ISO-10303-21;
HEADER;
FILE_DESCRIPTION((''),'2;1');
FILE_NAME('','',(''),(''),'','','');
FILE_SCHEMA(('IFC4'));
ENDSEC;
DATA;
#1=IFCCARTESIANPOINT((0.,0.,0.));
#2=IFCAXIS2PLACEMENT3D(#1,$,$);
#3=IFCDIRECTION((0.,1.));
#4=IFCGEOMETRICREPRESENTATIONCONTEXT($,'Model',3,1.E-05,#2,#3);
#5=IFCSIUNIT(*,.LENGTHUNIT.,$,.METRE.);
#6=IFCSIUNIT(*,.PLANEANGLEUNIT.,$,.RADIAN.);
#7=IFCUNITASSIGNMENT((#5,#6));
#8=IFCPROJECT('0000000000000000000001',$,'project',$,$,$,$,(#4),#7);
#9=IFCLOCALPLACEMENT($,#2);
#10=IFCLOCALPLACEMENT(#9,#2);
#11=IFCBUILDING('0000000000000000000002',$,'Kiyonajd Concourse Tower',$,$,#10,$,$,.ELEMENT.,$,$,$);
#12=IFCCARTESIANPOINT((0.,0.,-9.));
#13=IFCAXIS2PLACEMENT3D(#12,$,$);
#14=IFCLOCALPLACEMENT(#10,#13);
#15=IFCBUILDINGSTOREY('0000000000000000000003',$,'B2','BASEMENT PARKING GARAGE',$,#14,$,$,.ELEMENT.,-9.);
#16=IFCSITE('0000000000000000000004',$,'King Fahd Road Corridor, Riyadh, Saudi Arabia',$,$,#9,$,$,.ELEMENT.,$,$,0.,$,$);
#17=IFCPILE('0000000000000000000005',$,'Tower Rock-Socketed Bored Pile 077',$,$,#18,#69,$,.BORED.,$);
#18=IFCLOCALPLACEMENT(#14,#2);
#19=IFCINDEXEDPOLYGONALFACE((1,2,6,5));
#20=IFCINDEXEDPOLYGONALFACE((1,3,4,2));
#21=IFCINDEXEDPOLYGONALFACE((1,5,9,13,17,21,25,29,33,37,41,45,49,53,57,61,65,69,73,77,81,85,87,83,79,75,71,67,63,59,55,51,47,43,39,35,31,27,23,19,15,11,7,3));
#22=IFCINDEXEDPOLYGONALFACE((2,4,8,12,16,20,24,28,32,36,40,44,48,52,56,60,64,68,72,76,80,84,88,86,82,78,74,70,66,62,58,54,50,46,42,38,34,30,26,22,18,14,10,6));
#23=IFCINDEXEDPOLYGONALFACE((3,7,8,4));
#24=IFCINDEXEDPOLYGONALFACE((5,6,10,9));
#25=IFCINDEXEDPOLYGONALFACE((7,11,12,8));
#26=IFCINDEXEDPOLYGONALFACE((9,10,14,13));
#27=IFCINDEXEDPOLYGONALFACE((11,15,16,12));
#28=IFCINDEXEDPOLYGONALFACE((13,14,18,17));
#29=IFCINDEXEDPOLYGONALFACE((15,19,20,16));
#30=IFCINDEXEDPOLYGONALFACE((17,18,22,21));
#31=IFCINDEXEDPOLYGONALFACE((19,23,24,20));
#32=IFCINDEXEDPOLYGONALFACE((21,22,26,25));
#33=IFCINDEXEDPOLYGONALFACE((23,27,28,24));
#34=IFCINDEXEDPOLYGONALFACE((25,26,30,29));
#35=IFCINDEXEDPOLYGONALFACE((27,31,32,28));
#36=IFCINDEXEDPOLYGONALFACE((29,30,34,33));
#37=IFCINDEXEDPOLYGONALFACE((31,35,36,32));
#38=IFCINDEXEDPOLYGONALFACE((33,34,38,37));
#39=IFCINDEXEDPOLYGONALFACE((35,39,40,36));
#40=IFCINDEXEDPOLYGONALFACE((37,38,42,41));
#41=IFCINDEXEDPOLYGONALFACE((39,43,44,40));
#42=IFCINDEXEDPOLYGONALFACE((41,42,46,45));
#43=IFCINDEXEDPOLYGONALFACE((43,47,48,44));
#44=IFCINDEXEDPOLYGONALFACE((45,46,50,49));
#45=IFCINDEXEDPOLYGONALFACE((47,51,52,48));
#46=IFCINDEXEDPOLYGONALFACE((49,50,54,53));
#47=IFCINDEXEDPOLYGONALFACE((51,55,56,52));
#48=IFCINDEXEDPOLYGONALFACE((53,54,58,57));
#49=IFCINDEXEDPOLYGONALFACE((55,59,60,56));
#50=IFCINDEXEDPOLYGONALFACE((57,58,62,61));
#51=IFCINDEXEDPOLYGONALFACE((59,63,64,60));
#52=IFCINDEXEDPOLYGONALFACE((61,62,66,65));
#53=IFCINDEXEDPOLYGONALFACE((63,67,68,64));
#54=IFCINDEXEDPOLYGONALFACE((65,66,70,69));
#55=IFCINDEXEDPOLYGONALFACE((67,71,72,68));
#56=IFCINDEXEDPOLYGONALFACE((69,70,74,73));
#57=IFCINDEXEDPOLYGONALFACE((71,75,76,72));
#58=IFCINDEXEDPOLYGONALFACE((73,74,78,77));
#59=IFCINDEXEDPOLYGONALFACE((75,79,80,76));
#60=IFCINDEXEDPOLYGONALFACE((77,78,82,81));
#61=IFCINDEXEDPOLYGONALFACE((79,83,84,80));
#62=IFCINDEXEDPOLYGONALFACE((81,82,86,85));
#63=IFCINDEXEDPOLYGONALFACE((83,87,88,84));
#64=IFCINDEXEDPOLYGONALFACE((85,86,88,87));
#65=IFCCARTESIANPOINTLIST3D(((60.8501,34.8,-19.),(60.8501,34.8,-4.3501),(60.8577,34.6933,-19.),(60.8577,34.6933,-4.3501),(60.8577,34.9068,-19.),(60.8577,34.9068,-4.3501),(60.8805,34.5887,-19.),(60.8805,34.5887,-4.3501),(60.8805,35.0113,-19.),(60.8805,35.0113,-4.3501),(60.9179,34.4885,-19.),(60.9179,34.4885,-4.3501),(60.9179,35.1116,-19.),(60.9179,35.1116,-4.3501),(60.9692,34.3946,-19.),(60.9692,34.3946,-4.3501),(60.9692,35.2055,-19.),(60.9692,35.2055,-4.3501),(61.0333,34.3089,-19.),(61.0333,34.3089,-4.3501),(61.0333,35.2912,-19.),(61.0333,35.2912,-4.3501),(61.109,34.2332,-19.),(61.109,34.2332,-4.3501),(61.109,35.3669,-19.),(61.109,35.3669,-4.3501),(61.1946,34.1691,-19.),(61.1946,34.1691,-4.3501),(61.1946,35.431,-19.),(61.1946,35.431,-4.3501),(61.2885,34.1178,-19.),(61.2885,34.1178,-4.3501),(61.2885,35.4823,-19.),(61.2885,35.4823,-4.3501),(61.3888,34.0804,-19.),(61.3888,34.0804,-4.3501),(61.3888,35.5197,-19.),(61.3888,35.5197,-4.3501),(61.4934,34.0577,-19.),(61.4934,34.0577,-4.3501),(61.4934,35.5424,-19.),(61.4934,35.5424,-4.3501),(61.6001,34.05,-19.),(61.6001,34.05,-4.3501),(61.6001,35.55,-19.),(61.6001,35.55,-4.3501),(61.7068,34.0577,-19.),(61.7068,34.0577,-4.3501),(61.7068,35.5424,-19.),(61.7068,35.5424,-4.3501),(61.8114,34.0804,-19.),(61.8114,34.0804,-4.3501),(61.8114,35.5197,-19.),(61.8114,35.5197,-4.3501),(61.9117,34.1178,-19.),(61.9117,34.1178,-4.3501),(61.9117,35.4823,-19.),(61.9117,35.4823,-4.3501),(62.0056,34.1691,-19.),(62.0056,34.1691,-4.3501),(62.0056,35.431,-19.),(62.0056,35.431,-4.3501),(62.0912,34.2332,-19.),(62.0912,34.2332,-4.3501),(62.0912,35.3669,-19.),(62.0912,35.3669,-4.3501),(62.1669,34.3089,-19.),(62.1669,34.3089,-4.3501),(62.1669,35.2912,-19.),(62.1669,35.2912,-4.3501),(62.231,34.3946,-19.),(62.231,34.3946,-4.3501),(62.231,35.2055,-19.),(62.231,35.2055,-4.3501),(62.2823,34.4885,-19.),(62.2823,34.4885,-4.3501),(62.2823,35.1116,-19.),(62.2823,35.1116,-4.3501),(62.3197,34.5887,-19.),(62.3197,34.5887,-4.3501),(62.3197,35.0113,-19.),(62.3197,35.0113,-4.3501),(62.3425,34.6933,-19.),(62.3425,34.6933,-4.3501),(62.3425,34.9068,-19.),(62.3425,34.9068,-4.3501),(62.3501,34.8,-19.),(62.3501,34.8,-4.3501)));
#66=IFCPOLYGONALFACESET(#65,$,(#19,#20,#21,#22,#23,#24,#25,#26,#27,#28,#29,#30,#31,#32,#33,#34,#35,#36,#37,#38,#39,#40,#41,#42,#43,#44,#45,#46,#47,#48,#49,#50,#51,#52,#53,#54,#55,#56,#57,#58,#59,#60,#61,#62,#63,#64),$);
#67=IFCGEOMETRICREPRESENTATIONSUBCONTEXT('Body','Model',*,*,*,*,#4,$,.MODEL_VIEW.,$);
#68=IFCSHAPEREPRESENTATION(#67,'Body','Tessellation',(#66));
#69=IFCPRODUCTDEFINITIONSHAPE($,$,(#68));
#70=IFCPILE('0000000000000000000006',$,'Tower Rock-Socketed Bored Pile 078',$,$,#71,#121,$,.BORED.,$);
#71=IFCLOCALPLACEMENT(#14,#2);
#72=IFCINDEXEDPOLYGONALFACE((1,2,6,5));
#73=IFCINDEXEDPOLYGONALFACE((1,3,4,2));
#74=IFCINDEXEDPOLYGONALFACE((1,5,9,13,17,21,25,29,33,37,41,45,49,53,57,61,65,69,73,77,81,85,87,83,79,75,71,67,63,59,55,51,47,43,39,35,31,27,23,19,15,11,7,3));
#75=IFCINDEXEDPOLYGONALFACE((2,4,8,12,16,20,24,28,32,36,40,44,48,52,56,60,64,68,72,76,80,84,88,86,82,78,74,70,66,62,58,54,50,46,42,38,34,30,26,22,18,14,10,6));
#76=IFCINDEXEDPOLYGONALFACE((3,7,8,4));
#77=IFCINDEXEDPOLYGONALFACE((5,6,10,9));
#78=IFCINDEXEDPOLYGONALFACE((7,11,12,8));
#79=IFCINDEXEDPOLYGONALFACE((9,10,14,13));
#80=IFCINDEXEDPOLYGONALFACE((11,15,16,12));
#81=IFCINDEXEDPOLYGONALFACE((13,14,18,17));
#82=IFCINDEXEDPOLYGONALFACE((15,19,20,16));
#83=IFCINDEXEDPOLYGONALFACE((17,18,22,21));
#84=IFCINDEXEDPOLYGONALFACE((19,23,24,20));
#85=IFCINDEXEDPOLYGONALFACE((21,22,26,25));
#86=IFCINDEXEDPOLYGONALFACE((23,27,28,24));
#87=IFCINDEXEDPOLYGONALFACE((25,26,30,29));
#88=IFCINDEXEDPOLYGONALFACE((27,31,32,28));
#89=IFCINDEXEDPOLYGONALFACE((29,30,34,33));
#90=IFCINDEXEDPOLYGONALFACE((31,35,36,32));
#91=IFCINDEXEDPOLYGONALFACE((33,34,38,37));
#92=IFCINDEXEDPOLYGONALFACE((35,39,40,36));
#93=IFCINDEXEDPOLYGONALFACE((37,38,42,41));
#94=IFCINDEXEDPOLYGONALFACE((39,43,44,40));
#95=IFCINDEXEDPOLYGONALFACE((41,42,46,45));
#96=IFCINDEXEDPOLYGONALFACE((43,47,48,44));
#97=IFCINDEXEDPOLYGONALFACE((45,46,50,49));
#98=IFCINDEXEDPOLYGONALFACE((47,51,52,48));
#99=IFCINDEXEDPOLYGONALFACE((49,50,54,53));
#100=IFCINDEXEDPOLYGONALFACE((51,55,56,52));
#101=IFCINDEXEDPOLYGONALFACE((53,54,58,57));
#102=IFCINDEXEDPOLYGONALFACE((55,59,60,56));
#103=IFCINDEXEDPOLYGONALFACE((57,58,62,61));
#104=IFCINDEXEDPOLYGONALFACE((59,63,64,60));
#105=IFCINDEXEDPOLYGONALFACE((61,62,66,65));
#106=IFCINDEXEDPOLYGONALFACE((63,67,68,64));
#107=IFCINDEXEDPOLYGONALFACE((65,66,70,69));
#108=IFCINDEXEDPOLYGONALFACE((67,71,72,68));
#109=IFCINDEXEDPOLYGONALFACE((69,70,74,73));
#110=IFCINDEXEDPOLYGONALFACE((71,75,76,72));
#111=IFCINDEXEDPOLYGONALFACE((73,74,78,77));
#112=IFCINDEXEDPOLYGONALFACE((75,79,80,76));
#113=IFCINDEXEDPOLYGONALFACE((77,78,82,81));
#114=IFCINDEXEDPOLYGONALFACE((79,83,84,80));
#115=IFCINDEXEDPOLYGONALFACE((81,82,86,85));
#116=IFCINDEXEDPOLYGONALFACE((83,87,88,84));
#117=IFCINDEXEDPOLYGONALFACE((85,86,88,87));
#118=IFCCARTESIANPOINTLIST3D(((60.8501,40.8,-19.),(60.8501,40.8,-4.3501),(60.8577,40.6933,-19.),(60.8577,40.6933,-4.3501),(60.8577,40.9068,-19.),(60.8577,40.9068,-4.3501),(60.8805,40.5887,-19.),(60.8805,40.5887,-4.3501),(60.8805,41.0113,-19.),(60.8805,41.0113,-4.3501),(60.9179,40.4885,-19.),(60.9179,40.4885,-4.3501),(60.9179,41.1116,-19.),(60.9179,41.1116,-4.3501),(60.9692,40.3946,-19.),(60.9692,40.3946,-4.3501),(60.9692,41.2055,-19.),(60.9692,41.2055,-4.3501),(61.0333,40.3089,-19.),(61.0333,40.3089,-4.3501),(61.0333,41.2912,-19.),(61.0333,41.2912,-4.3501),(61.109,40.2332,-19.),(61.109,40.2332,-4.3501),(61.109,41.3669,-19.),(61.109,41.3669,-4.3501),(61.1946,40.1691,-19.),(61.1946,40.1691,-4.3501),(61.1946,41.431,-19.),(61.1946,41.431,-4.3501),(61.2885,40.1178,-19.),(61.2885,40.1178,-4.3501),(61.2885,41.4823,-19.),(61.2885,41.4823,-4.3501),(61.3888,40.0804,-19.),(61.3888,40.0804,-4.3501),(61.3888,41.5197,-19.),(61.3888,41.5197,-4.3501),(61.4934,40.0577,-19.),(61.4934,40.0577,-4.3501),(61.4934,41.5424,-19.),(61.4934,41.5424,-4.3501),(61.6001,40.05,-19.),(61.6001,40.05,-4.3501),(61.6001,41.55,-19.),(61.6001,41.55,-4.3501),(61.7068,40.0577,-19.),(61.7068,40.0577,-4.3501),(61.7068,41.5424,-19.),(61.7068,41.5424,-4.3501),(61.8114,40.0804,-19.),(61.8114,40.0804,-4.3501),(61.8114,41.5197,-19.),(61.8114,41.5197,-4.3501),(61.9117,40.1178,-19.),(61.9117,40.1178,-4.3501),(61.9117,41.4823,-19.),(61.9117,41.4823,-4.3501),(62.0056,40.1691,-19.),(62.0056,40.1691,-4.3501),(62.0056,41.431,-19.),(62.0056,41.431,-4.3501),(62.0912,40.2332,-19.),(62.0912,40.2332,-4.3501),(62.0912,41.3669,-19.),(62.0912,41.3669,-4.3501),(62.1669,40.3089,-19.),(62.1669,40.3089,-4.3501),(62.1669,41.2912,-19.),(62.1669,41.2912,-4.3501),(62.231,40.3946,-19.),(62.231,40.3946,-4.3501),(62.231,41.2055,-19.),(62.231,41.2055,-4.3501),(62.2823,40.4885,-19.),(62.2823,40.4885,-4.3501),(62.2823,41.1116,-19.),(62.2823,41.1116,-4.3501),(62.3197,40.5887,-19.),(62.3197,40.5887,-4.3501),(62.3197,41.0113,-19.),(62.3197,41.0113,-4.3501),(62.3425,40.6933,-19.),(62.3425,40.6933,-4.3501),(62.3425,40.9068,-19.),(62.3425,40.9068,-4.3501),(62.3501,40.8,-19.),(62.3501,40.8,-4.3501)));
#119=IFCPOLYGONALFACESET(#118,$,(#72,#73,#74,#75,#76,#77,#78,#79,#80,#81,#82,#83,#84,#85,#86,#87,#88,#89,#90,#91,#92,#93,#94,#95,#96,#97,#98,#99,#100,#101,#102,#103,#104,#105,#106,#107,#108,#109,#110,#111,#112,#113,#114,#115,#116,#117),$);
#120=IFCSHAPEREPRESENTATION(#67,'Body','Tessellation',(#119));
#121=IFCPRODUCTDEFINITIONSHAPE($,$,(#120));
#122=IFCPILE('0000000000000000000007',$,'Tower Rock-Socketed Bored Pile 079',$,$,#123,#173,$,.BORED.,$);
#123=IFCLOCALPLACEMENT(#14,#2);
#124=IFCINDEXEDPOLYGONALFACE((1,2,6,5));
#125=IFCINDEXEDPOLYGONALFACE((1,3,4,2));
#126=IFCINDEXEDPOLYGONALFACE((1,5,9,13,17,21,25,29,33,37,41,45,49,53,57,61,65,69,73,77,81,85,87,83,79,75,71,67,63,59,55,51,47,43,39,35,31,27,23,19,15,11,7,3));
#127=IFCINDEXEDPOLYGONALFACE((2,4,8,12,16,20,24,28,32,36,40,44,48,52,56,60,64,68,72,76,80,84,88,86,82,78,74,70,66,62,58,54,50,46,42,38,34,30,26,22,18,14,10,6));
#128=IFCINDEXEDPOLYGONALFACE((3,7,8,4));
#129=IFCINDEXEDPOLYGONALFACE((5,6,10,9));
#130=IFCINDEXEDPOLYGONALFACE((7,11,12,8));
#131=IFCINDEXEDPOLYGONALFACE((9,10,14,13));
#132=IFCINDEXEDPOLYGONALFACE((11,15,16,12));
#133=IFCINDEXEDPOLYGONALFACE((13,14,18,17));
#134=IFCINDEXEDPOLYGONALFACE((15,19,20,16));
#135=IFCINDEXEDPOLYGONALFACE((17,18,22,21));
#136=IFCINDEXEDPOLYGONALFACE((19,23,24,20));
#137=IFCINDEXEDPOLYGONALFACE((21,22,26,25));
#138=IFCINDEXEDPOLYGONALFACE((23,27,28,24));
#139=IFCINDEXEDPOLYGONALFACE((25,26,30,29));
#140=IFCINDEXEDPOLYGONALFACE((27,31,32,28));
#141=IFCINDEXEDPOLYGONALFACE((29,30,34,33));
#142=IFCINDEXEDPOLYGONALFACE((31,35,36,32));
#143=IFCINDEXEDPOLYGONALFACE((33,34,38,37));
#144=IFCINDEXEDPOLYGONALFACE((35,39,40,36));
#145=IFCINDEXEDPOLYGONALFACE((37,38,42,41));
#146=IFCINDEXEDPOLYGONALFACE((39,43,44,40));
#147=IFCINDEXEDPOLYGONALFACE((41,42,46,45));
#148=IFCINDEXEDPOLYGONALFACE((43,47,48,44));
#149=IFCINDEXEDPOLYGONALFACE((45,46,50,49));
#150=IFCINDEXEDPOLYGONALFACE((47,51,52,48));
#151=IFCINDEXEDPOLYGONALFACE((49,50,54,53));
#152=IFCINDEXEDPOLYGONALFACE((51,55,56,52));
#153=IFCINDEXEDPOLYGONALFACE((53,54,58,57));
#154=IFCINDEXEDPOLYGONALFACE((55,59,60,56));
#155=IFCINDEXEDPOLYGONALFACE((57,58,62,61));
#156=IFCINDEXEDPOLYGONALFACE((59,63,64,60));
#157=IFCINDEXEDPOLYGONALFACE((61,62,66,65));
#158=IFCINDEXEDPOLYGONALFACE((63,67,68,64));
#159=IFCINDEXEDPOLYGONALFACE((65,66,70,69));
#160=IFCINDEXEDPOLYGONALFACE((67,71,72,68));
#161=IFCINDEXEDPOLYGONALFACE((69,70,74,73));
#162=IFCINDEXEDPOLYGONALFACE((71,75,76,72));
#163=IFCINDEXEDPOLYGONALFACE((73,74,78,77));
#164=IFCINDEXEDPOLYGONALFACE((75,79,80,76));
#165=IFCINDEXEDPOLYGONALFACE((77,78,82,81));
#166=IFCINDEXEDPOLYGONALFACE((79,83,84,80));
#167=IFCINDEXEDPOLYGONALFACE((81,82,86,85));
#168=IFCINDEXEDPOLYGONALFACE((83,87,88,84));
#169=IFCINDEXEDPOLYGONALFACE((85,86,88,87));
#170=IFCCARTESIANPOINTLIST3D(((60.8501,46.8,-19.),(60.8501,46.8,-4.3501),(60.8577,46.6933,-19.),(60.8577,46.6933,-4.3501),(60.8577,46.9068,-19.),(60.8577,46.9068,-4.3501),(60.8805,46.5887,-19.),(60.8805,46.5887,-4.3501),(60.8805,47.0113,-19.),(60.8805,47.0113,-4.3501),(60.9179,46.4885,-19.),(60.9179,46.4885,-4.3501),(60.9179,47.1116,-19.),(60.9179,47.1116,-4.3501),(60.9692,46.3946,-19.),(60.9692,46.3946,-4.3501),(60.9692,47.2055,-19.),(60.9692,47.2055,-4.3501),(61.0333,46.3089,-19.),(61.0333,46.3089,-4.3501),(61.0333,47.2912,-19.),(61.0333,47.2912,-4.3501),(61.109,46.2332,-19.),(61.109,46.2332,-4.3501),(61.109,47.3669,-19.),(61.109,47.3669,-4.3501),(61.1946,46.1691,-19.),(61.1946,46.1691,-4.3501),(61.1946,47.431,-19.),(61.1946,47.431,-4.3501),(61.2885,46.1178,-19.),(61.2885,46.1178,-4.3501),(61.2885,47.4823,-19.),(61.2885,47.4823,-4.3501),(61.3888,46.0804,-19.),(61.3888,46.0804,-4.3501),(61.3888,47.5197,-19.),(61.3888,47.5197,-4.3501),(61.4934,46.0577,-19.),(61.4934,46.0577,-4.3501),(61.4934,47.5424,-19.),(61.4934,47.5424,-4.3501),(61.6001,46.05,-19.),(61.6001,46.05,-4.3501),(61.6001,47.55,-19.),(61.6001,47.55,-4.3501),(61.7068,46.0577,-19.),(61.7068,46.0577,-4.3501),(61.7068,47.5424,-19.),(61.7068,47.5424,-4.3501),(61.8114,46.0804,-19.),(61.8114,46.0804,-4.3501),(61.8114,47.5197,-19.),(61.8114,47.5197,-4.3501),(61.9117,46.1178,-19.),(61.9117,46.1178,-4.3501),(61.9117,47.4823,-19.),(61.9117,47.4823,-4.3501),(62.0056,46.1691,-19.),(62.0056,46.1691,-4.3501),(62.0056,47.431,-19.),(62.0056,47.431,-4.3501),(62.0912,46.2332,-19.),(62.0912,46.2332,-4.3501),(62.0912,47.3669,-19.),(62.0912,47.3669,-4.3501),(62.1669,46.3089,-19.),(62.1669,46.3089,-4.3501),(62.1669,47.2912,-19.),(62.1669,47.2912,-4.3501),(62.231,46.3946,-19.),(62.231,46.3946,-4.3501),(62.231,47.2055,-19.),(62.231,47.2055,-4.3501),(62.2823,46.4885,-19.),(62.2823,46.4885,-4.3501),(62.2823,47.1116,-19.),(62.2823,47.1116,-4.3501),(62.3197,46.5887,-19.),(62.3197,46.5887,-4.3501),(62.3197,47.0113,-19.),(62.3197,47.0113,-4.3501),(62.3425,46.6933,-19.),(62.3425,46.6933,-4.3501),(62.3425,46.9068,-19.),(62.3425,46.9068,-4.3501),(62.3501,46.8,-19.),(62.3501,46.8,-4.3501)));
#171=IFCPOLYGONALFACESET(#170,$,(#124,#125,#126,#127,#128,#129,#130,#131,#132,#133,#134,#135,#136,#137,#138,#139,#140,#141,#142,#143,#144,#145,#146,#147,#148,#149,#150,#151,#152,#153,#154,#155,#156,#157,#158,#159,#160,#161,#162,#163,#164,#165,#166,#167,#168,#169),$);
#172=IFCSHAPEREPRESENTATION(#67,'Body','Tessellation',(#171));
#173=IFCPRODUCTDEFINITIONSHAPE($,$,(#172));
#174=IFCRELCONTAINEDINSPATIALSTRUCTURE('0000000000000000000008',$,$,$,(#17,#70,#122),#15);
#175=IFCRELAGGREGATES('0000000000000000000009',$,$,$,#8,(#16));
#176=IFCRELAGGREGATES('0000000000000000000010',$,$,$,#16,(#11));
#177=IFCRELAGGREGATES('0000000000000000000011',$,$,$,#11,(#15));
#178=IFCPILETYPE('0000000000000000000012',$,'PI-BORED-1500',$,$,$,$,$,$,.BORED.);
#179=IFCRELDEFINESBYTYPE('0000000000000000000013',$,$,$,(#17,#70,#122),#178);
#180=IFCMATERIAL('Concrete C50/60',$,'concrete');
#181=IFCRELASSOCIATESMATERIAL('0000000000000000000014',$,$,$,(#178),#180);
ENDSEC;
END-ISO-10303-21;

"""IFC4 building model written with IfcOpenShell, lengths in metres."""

from ifc_helpers import new_model, si_unit, direction, frame, origin, origin_2d, place, context, subcontext, project, spatial, circle, extrude, material, material_profile, profile_set, type_object, element, save


model = new_model("IFC4")

# Units and contexts
model_context = context("Model", 3, precision=1e-05, world=origin(), true_north=direction((0.0, 1.0)))
body_context = subcontext(model_context, "Body", "Model", "MODEL_VIEW")
ifc_project = project(units=[si_unit("LENGTHUNIT", "METRE"), si_unit("PLANEANGLEUNIT", "RADIAN")], contexts=[model_context])

# Site, building, storey
site_placement = place(None, origin())
site = spatial("IfcSite", under=ifc_project, at=site_placement, Name="King Fahd Road Corridor, Riyadh, Saudi Arabia", CompositionType="ELEMENT", RefElevation=0.0)
building_placement = place(site_placement, origin())
building = spatial("IfcBuilding", under=site, at=building_placement, Name="Kiyonajd Concourse Tower", CompositionType="ELEMENT")
storey_placement = place(building_placement, frame((0.0, 0.0, -9.0)))
storey = spatial("IfcBuildingStorey", under=building, at=storey_placement, Name="B2", Description="BASEMENT PARKING GARAGE", CompositionType="ELEMENT", Elevation=-9.0)

# Piles
ifc_material_1 = material(Name="Concrete C50/60", Category="concrete")
ifc_material_profile_1 = material_profile(ifc_material_1, circle(Radius=0.75, at=origin_2d()), Name="PILE-D1500")
ifc_profile_set_1 = profile_set([ifc_material_profile_1], Name="Concrete C50/60")
pile_type = type_object("IfcPileType", Name="PI-BORED-1500", PredefinedType="BORED", material=ifc_profile_set_1)
for number, where, z_axis, x_axis, name in (
    (1, (61.6001, 34.8, -4.3501), (0.0, 0.0, -1.0), (1.0, 0.0, 0.0), "Tower Rock-Socketed Bored Pile 077"),
    (2, (61.6001, 40.8, -4.3501), (0.0, 0.0, -1.0), (1.0, 0.0, 0.0), "Tower Rock-Socketed Bored Pile 078"),
    (3, (61.6001, 46.8, -4.3501), (0.0, 0.0, -1.0), (1.0, 0.0, 0.0), "Tower Rock-Socketed Bored Pile 079"),
):
    element("IfcPile", number, at=place(storey_placement, frame(where, z_axis=z_axis, x_axis=x_axis)), inside=storey, type_object=pile_type, Name=name, PredefinedType="BORED", context=body_context, shape_type="SweptSolid", body=[
        extrude(circle(Radius=0.75, at=origin_2d()), origin(), (0.0, 0.0, 1.0), 14.6499),
    ])

save(model, "model.ifc")
